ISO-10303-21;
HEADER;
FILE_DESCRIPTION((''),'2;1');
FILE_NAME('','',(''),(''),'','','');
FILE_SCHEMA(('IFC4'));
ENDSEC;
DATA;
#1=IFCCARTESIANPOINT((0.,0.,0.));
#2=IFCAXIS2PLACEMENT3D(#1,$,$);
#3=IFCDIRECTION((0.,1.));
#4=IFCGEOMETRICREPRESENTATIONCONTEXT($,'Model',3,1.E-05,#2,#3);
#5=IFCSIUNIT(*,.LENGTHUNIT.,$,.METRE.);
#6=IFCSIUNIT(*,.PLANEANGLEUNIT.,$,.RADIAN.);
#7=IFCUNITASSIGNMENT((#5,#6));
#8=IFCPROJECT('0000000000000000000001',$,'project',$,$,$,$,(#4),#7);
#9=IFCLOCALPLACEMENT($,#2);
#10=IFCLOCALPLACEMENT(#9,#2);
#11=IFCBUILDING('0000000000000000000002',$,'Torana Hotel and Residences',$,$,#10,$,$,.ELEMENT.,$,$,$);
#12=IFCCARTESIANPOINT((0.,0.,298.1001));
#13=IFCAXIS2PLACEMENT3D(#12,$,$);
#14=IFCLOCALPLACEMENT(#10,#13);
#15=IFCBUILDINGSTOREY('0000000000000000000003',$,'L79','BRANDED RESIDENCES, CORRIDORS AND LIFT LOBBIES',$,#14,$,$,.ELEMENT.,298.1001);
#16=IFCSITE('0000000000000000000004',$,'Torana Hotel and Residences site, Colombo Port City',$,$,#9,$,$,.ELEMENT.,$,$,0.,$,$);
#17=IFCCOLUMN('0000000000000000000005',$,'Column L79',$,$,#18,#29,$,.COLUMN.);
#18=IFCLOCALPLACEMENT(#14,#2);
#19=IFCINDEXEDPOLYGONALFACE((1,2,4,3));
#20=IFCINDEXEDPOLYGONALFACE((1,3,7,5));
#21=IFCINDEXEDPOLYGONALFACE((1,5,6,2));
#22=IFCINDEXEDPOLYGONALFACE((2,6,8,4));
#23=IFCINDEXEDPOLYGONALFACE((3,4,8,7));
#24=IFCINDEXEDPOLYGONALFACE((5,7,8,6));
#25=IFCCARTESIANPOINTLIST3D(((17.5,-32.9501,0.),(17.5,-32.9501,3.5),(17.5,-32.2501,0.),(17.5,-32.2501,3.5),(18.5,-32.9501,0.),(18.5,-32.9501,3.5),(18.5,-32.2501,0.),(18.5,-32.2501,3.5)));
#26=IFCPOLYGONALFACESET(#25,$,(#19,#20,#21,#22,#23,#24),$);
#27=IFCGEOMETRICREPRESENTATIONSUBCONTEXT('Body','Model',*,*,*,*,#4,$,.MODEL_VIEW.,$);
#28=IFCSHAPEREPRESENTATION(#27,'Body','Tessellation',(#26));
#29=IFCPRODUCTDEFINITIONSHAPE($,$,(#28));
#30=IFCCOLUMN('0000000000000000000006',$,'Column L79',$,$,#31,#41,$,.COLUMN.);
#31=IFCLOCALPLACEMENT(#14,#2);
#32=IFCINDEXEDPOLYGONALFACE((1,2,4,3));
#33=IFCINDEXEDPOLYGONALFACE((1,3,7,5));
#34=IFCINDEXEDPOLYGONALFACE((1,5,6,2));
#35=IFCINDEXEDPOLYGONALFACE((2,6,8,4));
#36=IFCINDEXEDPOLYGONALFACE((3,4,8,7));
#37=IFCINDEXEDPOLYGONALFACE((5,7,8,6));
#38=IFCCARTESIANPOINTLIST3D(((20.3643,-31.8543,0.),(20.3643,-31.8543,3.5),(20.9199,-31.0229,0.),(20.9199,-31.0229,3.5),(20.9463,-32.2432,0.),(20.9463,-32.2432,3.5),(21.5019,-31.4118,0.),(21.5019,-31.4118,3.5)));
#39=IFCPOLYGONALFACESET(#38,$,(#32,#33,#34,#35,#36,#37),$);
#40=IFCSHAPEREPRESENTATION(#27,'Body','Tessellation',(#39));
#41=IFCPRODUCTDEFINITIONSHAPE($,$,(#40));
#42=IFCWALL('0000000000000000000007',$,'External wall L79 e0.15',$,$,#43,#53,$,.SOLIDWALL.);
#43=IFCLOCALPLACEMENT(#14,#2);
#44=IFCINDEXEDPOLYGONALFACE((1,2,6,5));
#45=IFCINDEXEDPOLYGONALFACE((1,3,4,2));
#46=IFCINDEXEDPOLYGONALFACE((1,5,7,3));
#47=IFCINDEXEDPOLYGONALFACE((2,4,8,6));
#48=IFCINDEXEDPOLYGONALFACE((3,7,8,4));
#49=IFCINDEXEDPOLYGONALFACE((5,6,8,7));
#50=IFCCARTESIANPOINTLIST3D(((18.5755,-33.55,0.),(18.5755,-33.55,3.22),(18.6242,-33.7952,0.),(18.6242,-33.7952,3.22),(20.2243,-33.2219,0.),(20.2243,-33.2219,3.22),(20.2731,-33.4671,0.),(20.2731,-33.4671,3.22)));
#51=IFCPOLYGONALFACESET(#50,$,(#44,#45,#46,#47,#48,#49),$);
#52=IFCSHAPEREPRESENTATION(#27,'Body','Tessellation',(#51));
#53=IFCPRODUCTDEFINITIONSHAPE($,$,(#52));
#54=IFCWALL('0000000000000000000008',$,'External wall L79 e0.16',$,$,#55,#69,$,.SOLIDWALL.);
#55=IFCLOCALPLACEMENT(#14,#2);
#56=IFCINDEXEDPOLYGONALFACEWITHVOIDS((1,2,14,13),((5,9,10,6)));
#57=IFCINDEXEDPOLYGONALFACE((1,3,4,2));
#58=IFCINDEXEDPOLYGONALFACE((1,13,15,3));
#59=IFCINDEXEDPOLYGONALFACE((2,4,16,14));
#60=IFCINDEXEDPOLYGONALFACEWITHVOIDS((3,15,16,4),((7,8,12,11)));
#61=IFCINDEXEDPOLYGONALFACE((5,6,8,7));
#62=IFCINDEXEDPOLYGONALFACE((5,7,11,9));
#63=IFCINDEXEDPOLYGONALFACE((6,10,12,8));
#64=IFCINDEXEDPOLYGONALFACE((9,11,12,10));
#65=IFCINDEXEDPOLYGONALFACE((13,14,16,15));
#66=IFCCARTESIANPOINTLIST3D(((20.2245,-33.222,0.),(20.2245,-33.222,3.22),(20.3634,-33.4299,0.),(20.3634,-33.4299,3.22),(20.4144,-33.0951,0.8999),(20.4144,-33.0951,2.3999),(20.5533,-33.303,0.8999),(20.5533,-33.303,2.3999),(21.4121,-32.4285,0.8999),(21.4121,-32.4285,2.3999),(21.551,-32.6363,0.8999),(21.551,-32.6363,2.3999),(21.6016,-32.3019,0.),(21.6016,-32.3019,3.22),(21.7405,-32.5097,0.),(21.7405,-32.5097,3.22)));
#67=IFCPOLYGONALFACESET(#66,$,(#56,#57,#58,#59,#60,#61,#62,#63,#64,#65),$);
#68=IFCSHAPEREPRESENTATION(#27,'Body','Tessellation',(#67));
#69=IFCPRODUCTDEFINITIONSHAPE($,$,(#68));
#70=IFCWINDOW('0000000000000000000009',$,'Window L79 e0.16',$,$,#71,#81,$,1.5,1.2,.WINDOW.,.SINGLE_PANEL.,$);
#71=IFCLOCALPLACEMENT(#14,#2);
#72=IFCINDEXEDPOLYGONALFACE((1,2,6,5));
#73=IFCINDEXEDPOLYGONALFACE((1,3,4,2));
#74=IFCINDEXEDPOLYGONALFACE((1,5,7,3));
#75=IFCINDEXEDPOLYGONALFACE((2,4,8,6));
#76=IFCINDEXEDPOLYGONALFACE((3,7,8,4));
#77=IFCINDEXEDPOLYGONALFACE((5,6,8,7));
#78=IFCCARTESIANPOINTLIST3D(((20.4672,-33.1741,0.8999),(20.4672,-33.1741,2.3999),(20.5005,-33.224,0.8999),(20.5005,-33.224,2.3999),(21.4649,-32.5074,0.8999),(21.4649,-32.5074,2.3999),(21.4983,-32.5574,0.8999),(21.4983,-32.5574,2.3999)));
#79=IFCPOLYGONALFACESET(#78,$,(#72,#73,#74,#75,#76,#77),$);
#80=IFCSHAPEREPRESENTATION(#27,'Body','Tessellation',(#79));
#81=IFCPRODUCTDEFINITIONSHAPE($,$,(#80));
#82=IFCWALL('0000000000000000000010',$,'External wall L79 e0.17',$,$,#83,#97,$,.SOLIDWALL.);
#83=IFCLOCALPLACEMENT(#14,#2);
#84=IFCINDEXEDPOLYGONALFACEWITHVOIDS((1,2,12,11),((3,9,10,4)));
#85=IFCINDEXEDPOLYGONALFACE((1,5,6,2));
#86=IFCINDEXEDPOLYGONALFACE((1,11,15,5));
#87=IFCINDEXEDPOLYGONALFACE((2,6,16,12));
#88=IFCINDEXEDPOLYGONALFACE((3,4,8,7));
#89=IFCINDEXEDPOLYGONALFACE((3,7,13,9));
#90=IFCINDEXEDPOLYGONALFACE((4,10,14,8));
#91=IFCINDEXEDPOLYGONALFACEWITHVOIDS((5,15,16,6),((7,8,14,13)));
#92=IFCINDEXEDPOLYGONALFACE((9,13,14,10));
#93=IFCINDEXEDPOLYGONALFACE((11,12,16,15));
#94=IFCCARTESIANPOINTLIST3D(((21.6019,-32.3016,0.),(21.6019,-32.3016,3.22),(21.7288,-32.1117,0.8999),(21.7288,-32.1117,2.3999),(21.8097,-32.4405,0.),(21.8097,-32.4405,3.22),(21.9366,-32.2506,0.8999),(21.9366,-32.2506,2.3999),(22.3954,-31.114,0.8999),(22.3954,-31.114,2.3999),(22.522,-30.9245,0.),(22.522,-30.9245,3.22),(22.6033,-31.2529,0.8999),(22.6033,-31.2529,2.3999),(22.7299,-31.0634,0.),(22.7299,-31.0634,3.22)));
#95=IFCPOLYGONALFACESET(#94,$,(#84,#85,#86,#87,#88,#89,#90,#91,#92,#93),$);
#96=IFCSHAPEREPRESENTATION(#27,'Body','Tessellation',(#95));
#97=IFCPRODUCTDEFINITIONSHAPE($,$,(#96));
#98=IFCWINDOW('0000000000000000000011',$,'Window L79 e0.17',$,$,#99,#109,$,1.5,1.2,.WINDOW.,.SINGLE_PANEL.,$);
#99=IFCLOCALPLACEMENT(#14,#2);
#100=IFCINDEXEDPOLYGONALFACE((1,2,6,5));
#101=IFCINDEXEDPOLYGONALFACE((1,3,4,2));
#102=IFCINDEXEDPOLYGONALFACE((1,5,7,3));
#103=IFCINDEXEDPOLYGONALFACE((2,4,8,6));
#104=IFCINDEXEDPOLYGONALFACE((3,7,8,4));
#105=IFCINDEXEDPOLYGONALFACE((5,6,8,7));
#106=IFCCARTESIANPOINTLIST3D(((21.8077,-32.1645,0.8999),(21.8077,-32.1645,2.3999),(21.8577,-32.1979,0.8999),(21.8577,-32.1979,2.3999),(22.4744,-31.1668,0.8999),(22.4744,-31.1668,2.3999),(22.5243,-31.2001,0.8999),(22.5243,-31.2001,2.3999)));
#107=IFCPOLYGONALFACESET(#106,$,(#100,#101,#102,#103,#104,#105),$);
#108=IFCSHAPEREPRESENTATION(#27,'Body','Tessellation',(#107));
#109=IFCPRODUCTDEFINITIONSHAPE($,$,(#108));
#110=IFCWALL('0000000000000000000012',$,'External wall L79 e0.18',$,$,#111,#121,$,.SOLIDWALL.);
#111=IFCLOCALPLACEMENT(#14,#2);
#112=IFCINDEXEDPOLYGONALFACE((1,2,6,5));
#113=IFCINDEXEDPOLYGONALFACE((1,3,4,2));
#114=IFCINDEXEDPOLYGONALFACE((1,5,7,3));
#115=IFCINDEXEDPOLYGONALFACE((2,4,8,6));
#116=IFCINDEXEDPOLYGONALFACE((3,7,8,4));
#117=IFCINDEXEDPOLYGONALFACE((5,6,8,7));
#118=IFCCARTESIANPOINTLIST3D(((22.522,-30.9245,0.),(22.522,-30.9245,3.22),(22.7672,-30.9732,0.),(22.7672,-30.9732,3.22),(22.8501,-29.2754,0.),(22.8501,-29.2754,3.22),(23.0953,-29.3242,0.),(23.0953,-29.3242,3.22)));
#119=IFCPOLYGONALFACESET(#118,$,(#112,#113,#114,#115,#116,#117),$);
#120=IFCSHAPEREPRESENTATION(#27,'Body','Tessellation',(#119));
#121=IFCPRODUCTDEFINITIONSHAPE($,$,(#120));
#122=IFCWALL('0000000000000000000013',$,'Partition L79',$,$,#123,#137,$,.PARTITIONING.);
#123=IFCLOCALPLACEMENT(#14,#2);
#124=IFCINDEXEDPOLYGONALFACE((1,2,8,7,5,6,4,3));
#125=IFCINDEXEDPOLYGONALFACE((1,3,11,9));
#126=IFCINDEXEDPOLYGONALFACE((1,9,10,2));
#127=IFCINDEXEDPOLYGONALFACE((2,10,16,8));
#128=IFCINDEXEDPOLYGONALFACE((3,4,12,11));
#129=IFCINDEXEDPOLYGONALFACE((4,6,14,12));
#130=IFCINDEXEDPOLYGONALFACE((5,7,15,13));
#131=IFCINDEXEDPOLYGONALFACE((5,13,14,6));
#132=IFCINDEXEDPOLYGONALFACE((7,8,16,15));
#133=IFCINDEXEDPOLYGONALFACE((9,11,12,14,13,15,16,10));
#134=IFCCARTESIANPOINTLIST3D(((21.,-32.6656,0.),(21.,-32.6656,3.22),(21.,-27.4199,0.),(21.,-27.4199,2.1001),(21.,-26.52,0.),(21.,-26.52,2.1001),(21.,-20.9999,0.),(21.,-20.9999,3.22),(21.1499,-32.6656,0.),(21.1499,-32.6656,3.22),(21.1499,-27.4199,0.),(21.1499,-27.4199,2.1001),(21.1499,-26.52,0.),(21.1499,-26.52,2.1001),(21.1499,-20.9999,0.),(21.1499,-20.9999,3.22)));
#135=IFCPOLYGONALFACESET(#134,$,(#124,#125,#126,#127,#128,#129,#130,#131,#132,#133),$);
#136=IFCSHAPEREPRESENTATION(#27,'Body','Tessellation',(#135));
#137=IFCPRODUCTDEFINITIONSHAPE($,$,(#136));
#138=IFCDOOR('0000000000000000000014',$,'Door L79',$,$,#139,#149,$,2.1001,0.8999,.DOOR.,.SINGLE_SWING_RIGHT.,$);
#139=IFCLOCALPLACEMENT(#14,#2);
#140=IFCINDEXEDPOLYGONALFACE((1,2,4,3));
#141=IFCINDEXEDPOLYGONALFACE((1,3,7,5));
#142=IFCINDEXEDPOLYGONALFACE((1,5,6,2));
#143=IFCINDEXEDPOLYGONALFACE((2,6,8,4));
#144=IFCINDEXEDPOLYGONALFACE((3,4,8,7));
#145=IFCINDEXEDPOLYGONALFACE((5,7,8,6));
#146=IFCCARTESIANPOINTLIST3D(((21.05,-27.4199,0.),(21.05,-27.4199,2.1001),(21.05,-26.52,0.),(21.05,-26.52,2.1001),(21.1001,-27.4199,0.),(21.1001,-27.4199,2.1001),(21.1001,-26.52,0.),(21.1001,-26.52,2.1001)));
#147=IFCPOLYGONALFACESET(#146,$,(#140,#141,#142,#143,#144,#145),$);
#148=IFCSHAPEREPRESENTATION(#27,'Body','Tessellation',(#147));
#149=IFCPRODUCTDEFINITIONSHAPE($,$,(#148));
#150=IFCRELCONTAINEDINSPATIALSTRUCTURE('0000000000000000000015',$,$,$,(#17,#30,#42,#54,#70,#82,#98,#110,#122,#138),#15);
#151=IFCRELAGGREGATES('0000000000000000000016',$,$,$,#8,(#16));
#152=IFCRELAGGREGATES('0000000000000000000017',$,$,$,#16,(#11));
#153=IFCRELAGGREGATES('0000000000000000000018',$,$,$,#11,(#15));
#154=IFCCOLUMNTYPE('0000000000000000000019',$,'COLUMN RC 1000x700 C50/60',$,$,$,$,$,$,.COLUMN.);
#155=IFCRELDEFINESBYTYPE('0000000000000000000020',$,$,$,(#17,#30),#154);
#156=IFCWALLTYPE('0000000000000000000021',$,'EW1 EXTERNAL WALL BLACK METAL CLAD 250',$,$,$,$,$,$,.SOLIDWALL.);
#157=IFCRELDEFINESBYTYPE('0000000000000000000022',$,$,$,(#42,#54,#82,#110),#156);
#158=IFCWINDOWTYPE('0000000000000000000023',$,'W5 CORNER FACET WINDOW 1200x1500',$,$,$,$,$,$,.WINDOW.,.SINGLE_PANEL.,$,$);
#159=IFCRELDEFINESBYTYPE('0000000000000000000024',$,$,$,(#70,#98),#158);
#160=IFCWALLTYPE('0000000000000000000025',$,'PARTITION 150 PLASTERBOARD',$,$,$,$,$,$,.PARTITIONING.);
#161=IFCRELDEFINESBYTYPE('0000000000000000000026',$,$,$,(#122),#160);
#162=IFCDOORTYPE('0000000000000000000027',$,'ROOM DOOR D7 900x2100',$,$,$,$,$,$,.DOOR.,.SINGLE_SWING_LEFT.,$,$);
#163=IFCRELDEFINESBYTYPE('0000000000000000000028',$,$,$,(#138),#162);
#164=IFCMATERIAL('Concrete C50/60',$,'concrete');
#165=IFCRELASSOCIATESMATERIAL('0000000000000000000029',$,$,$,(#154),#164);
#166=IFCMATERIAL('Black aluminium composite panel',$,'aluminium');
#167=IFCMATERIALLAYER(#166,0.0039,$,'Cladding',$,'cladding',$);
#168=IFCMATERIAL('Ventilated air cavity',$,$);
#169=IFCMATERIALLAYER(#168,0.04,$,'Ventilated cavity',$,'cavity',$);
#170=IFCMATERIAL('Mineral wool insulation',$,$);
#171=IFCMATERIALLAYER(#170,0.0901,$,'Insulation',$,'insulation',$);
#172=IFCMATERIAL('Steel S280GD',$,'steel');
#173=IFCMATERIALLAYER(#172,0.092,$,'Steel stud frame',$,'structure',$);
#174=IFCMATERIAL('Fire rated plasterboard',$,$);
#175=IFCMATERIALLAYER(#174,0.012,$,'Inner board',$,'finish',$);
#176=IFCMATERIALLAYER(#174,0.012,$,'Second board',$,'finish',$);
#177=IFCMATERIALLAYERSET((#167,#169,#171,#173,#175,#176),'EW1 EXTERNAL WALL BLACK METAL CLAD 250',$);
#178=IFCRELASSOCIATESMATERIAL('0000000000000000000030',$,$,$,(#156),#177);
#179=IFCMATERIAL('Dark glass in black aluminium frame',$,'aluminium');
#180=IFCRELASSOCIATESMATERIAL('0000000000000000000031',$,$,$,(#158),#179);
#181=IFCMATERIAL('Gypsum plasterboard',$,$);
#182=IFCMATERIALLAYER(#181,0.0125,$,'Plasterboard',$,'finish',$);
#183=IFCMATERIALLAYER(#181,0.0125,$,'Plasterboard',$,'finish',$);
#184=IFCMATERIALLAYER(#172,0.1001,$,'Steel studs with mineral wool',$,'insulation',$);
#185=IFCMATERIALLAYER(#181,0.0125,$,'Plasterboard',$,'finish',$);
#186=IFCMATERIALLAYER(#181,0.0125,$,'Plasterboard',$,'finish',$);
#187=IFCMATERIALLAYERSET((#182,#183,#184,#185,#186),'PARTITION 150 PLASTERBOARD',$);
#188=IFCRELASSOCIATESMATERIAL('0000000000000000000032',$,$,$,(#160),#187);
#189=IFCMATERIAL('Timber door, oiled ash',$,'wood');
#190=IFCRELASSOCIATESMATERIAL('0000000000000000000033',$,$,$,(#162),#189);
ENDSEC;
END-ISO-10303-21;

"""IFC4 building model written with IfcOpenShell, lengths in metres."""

from ifc_helpers import new_model, si_unit, direction, frame, frame_2d, origin, origin_2d, place, context, subcontext, project, spatial, rectangle, extrude, material, layer, layer_set, material_profile, profile_set, type_object, element, fill, save


model = new_model("IFC4")

# Units and contexts
model_context = context("Model", 3, precision=1e-05, world=origin(), true_north=direction((0.0, 1.0)))
body_context = subcontext(model_context, "Body", "Model", "MODEL_VIEW")
ifc_project = project(units=[si_unit("LENGTHUNIT", "METRE"), si_unit("PLANEANGLEUNIT", "RADIAN")], contexts=[model_context])

# Site, building, storey
site_placement = place(None, origin())
site = spatial("IfcSite", under=ifc_project, at=site_placement, Name="Torana Hotel and Residences site, Colombo Port City", CompositionType="ELEMENT", RefElevation=0.0)
building_placement = place(site_placement, origin())
building = spatial("IfcBuilding", under=site, at=building_placement, Name="Torana Hotel and Residences", CompositionType="ELEMENT")
storey_placement = place(building_placement, frame((0.0, 0.0, 298.1001)))
storey = spatial("IfcBuildingStorey", under=building, at=storey_placement, Name="L79", Description="BRANDED RESIDENCES, CORRIDORS AND LIFT LOBBIES", CompositionType="ELEMENT", Elevation=298.1001)

# Columns
ifc_material_1 = material(Name="Concrete C50/60", Category="concrete")
ifc_material_profile = material_profile(ifc_material_1, rectangle(XDim=1.0, YDim=0.7, at=origin_2d()), Name="RC 1000x700")
ifc_profile_set = profile_set([ifc_material_profile], Name="Concrete C50/60")
column_type = type_object("IfcColumnType", Name="COLUMN RC 1000x700 C50/60", PredefinedType="COLUMN", material=ifc_profile_set)
for number, where, z_axis, x_axis, name in (
    (1, (18.0, -32.6001, 0.0), (0.0, 0.0, 1.0), (1.0, 0.0, 0.0), "Column L79"),
    (2, (20.9331, -31.6331, 0.0), (0.0, 0.0, 1.0), (0.555585, 0.83146, 0.0), "Column L79"),
):
    element("IfcColumn", number, at=place(storey_placement, frame(where, z_axis=z_axis, x_axis=x_axis)), inside=storey, type_object=column_type, Name=name, PredefinedType="COLUMN", context=body_context, shape_type="SweptSolid", body=[
        extrude(rectangle(XDim=1.0, YDim=0.7, at=origin_2d()), origin(), (0.0, 0.0, 1.0), 3.5),
    ])

# Wall
ifc_material_2 = material(Name="Black aluminium composite panel", Category="aluminium")
ifc_layer_1 = layer(ifc_material_2, 0.0039, Name="Cladding", Category="cladding")
ifc_material_3 = material(Name="Ventilated air cavity")
ifc_layer_2 = layer(ifc_material_3, 0.04, Name="Ventilated cavity", Category="cavity")
ifc_material_4 = material(Name="Mineral wool insulation")
ifc_layer_3 = layer(ifc_material_4, 0.0901, Name="Insulation", Category="insulation")
ifc_material_5 = material(Name="Steel S280GD", Category="steel")
ifc_layer_4 = layer(ifc_material_5, 0.092, Name="Steel stud frame", Category="structure")
ifc_material_6 = material(Name="Fire rated plasterboard")
ifc_layer_5 = layer(ifc_material_6, 0.012, Name="Inner board", Category="finish")
ifc_layer_6 = layer(ifc_material_6, 0.012, Name="Second board", Category="finish")
ifc_layer_set_1 = layer_set([ifc_layer_1, ifc_layer_2, ifc_layer_3, ifc_layer_4, ifc_layer_5, ifc_layer_6], Name="EW1 EXTERNAL WALL BLACK METAL CLAD 250")
wall_type_1 = type_object("IfcWallType", Name="EW1 EXTERNAL WALL BLACK METAL CLAD 250", PredefinedType="SOLIDWALL", material=ifc_layer_set_1)
wall_1_placement = place(storey_placement, frame((18.5999, -33.6726, 0.0), z_axis=(0.0, 0.0, 1.0), x_axis=(0.98077, 0.195167, 0.0)))
element("IfcWall", 3, at=wall_1_placement, inside=storey, type_object=wall_type_1, Name="External wall L79 e0.15", PredefinedType="SOLIDWALL", context=body_context, shape_type="SweptSolid", body=[
    extrude(rectangle(XDim=1.6812, YDim=0.25, at=frame_2d((0.8406, 0.0))), origin(), (0.0, 0.0, 1.0), 3.22),
])

# Walls, openings, windows
wall_2_placement = place(storey_placement, frame((20.2939, -33.3259, 0.0), z_axis=(0.0, 0.0, 1.0), x_axis=(0.831483, 0.55555, 0.0)))
wall_2 = element("IfcWall", 4, at=wall_2_placement, inside=storey, type_object=wall_type_1, Name="External wall L79 e0.16", PredefinedType="SOLIDWALL", context=body_context, shape_type="SweptSolid", body=[
    extrude(rectangle(XDim=1.6562, YDim=0.25, at=frame_2d((0.8281, 0.0))), origin(), (0.0, 0.0, 1.0), 3.22),
])
opening_1_placement = place(wall_2_placement, frame((0.2283, 0.0, 0.8999)))
opening_1 = element("IfcOpeningElement", 5, at=opening_1_placement, cuts=wall_2, PredefinedType="OPENING", context=body_context, shape_type="SweptSolid", body=[
    extrude(rectangle(XDim=1.2, YDim=1.5, at=frame_2d((0.6001, 0.75))), frame((0.0, 0.135, 0.0), z_axis=(0.0, -1.0, 0.0), x_axis=(1.0, 0.0, 0.0)), (0.0, 0.0, 1.0), 0.27),
])
ifc_material_7 = material(Name="Dark glass in black aluminium frame", Category="aluminium")
window_type_1 = type_object("IfcWindowType", Name="W5 CORNER FACET WINDOW 1200x1500", PartitioningType="SINGLE_PANEL", PredefinedType="WINDOW", material=ifc_material_7)
window_1_placement = place(opening_1_placement, origin())
window_1 = element("IfcWindow", 6, at=window_1_placement, inside=storey, type_object=window_type_1, Name="Window L79 e0.16", OverallHeight=1.5, OverallWidth=1.2, PartitioningType="SINGLE_PANEL", PredefinedType="WINDOW", context=body_context, shape_type="SweptSolid", body=[
    extrude(rectangle(XDim=1.2, YDim=1.5, at=frame_2d((0.6001, 0.75))), frame((0.0, 0.03, 0.0), z_axis=(0.0, -1.0, 0.0), x_axis=(1.0, 0.0, 0.0)), (0.0, 0.0, 1.0), 0.0601),
])
fill(opening_1, window_1)
wall_3_placement = place(storey_placement, frame((21.7058, -32.3711, 0.0), z_axis=(0.0, 0.0, 1.0), x_axis=(0.55555, 0.831483, 0.0)))
wall_3 = element("IfcWall", 7, at=wall_3_placement, inside=storey, type_object=wall_type_1, Name="External wall L79 e0.17", PredefinedType="SOLIDWALL", context=body_context, shape_type="SweptSolid", body=[
    extrude(rectangle(XDim=1.6562, YDim=0.25, at=frame_2d((0.8281, 0.0))), origin(), (0.0, 0.0, 1.0), 3.22),
])
opening_2_placement = place(wall_3_placement, frame((0.2283, 0.0, 0.8999)))
opening_2 = element("IfcOpeningElement", 8, at=opening_2_placement, cuts=wall_3, PredefinedType="OPENING", context=body_context, shape_type="SweptSolid", body=[
    extrude(rectangle(XDim=1.2, YDim=1.5, at=frame_2d((0.6001, 0.75))), frame((0.0, 0.135, 0.0), z_axis=(0.0, -1.0, 0.0), x_axis=(1.0, 0.0, 0.0)), (0.0, 0.0, 1.0), 0.27),
])
window_2_placement = place(opening_2_placement, origin())
window_2 = element("IfcWindow", 9, at=window_2_placement, inside=storey, type_object=window_type_1, Name="Window L79 e0.17", OverallHeight=1.5, OverallWidth=1.2, PartitioningType="SINGLE_PANEL", PredefinedType="WINDOW", context=body_context, shape_type="SweptSolid", body=[
    extrude(rectangle(XDim=1.2, YDim=1.5, at=frame_2d((0.6001, 0.75))), frame((0.0, 0.03, 0.0), z_axis=(0.0, -1.0, 0.0), x_axis=(1.0, 0.0, 0.0)), (0.0, 0.0, 1.0), 0.0601),
])
fill(opening_2, window_2)

# Wall
wall_4_placement = place(storey_placement, frame((22.6445, -30.949, 0.0), z_axis=(0.0, 0.0, 1.0), x_axis=(0.195139, 0.980776, 0.0)))
element("IfcWall", 10, at=wall_4_placement, inside=storey, type_object=wall_type_1, Name="External wall L79 e0.18", PredefinedType="SOLIDWALL", context=body_context, shape_type="SweptSolid", body=[
    extrude(rectangle(XDim=1.6814, YDim=0.25, at=frame_2d((0.8408, 0.0))), origin(), (0.0, 0.0, 1.0), 3.22),
])

# Wall, opening, door
ifc_material_8 = material(Name="Gypsum plasterboard")
ifc_layer_7 = layer(ifc_material_8, 0.0125, Name="Plasterboard", Category="finish")
ifc_layer_8 = layer(ifc_material_8, 0.0125, Name="Plasterboard", Category="finish")
ifc_layer_9 = layer(ifc_material_5, 0.1001, Name="Steel studs with mineral wool", Category="insulation")
ifc_layer_10 = layer(ifc_material_8, 0.0125, Name="Plasterboard", Category="finish")
ifc_layer_11 = layer(ifc_material_8, 0.0125, Name="Plasterboard", Category="finish")
ifc_layer_set_2 = layer_set([ifc_layer_7, ifc_layer_8, ifc_layer_9, ifc_layer_10, ifc_layer_11], Name="PARTITION 150 PLASTERBOARD")
wall_type_2 = type_object("IfcWallType", Name="PARTITION 150 PLASTERBOARD", PredefinedType="PARTITIONING", material=ifc_layer_set_2)
wall_5_placement = place(storey_placement, frame((21.075, -32.6658, 0.0), z_axis=(0.0, 0.0, 1.0), x_axis=(0.0, 1.0, 0.0)))
wall_5 = element("IfcWall", 11, at=wall_5_placement, inside=storey, type_object=wall_type_2, Name="Partition L79", PredefinedType="PARTITIONING", context=body_context, shape_type="SweptSolid", body=[
    extrude(rectangle(XDim=11.6658, YDim=0.1499, at=frame_2d((5.833, 0.0))), origin(), (0.0, 0.0, 1.0), 3.22),
])
opening_3_placement = place(wall_5_placement, frame((5.2458, 0.0, 0.0)))
opening_3 = element("IfcOpeningElement", 12, at=opening_3_placement, cuts=wall_5, PredefinedType="OPENING", context=body_context, shape_type="SweptSolid", body=[
    extrude(rectangle(XDim=0.8999, YDim=2.1001, at=frame_2d((0.45, 1.05))), frame((0.0, 0.085, 0.0), z_axis=(0.0, -1.0, 0.0), x_axis=(1.0, 0.0, 0.0)), (0.0, 0.0, 1.0), 0.1699),
])
ifc_material_9 = material(Name="Timber door, oiled ash", Category="wood")
door_type_1 = type_object("IfcDoorType", Name="ROOM DOOR D7 900x2100", OperationType="SINGLE_SWING_LEFT", PredefinedType="DOOR", material=ifc_material_9)
door_1_placement = place(opening_3_placement, origin())
door_1 = element("IfcDoor", 13, at=door_1_placement, inside=storey, type_object=door_type_1, Name="Door L79", OperationType="SINGLE_SWING_RIGHT", OverallHeight=2.1001, OverallWidth=0.8999, PredefinedType="DOOR", context=body_context, shape_type="SweptSolid", body=[
    extrude(rectangle(XDim=0.8999, YDim=2.1001, at=frame_2d((0.45, 1.05))), frame((0.0, 0.0249, 0.0), z_axis=(0.0, -1.0, 0.0), x_axis=(1.0, 0.0, 0.0)), (0.0, 0.0, 1.0), 0.05),
])
fill(opening_3, door_1)

save(model, "model.ifc")
